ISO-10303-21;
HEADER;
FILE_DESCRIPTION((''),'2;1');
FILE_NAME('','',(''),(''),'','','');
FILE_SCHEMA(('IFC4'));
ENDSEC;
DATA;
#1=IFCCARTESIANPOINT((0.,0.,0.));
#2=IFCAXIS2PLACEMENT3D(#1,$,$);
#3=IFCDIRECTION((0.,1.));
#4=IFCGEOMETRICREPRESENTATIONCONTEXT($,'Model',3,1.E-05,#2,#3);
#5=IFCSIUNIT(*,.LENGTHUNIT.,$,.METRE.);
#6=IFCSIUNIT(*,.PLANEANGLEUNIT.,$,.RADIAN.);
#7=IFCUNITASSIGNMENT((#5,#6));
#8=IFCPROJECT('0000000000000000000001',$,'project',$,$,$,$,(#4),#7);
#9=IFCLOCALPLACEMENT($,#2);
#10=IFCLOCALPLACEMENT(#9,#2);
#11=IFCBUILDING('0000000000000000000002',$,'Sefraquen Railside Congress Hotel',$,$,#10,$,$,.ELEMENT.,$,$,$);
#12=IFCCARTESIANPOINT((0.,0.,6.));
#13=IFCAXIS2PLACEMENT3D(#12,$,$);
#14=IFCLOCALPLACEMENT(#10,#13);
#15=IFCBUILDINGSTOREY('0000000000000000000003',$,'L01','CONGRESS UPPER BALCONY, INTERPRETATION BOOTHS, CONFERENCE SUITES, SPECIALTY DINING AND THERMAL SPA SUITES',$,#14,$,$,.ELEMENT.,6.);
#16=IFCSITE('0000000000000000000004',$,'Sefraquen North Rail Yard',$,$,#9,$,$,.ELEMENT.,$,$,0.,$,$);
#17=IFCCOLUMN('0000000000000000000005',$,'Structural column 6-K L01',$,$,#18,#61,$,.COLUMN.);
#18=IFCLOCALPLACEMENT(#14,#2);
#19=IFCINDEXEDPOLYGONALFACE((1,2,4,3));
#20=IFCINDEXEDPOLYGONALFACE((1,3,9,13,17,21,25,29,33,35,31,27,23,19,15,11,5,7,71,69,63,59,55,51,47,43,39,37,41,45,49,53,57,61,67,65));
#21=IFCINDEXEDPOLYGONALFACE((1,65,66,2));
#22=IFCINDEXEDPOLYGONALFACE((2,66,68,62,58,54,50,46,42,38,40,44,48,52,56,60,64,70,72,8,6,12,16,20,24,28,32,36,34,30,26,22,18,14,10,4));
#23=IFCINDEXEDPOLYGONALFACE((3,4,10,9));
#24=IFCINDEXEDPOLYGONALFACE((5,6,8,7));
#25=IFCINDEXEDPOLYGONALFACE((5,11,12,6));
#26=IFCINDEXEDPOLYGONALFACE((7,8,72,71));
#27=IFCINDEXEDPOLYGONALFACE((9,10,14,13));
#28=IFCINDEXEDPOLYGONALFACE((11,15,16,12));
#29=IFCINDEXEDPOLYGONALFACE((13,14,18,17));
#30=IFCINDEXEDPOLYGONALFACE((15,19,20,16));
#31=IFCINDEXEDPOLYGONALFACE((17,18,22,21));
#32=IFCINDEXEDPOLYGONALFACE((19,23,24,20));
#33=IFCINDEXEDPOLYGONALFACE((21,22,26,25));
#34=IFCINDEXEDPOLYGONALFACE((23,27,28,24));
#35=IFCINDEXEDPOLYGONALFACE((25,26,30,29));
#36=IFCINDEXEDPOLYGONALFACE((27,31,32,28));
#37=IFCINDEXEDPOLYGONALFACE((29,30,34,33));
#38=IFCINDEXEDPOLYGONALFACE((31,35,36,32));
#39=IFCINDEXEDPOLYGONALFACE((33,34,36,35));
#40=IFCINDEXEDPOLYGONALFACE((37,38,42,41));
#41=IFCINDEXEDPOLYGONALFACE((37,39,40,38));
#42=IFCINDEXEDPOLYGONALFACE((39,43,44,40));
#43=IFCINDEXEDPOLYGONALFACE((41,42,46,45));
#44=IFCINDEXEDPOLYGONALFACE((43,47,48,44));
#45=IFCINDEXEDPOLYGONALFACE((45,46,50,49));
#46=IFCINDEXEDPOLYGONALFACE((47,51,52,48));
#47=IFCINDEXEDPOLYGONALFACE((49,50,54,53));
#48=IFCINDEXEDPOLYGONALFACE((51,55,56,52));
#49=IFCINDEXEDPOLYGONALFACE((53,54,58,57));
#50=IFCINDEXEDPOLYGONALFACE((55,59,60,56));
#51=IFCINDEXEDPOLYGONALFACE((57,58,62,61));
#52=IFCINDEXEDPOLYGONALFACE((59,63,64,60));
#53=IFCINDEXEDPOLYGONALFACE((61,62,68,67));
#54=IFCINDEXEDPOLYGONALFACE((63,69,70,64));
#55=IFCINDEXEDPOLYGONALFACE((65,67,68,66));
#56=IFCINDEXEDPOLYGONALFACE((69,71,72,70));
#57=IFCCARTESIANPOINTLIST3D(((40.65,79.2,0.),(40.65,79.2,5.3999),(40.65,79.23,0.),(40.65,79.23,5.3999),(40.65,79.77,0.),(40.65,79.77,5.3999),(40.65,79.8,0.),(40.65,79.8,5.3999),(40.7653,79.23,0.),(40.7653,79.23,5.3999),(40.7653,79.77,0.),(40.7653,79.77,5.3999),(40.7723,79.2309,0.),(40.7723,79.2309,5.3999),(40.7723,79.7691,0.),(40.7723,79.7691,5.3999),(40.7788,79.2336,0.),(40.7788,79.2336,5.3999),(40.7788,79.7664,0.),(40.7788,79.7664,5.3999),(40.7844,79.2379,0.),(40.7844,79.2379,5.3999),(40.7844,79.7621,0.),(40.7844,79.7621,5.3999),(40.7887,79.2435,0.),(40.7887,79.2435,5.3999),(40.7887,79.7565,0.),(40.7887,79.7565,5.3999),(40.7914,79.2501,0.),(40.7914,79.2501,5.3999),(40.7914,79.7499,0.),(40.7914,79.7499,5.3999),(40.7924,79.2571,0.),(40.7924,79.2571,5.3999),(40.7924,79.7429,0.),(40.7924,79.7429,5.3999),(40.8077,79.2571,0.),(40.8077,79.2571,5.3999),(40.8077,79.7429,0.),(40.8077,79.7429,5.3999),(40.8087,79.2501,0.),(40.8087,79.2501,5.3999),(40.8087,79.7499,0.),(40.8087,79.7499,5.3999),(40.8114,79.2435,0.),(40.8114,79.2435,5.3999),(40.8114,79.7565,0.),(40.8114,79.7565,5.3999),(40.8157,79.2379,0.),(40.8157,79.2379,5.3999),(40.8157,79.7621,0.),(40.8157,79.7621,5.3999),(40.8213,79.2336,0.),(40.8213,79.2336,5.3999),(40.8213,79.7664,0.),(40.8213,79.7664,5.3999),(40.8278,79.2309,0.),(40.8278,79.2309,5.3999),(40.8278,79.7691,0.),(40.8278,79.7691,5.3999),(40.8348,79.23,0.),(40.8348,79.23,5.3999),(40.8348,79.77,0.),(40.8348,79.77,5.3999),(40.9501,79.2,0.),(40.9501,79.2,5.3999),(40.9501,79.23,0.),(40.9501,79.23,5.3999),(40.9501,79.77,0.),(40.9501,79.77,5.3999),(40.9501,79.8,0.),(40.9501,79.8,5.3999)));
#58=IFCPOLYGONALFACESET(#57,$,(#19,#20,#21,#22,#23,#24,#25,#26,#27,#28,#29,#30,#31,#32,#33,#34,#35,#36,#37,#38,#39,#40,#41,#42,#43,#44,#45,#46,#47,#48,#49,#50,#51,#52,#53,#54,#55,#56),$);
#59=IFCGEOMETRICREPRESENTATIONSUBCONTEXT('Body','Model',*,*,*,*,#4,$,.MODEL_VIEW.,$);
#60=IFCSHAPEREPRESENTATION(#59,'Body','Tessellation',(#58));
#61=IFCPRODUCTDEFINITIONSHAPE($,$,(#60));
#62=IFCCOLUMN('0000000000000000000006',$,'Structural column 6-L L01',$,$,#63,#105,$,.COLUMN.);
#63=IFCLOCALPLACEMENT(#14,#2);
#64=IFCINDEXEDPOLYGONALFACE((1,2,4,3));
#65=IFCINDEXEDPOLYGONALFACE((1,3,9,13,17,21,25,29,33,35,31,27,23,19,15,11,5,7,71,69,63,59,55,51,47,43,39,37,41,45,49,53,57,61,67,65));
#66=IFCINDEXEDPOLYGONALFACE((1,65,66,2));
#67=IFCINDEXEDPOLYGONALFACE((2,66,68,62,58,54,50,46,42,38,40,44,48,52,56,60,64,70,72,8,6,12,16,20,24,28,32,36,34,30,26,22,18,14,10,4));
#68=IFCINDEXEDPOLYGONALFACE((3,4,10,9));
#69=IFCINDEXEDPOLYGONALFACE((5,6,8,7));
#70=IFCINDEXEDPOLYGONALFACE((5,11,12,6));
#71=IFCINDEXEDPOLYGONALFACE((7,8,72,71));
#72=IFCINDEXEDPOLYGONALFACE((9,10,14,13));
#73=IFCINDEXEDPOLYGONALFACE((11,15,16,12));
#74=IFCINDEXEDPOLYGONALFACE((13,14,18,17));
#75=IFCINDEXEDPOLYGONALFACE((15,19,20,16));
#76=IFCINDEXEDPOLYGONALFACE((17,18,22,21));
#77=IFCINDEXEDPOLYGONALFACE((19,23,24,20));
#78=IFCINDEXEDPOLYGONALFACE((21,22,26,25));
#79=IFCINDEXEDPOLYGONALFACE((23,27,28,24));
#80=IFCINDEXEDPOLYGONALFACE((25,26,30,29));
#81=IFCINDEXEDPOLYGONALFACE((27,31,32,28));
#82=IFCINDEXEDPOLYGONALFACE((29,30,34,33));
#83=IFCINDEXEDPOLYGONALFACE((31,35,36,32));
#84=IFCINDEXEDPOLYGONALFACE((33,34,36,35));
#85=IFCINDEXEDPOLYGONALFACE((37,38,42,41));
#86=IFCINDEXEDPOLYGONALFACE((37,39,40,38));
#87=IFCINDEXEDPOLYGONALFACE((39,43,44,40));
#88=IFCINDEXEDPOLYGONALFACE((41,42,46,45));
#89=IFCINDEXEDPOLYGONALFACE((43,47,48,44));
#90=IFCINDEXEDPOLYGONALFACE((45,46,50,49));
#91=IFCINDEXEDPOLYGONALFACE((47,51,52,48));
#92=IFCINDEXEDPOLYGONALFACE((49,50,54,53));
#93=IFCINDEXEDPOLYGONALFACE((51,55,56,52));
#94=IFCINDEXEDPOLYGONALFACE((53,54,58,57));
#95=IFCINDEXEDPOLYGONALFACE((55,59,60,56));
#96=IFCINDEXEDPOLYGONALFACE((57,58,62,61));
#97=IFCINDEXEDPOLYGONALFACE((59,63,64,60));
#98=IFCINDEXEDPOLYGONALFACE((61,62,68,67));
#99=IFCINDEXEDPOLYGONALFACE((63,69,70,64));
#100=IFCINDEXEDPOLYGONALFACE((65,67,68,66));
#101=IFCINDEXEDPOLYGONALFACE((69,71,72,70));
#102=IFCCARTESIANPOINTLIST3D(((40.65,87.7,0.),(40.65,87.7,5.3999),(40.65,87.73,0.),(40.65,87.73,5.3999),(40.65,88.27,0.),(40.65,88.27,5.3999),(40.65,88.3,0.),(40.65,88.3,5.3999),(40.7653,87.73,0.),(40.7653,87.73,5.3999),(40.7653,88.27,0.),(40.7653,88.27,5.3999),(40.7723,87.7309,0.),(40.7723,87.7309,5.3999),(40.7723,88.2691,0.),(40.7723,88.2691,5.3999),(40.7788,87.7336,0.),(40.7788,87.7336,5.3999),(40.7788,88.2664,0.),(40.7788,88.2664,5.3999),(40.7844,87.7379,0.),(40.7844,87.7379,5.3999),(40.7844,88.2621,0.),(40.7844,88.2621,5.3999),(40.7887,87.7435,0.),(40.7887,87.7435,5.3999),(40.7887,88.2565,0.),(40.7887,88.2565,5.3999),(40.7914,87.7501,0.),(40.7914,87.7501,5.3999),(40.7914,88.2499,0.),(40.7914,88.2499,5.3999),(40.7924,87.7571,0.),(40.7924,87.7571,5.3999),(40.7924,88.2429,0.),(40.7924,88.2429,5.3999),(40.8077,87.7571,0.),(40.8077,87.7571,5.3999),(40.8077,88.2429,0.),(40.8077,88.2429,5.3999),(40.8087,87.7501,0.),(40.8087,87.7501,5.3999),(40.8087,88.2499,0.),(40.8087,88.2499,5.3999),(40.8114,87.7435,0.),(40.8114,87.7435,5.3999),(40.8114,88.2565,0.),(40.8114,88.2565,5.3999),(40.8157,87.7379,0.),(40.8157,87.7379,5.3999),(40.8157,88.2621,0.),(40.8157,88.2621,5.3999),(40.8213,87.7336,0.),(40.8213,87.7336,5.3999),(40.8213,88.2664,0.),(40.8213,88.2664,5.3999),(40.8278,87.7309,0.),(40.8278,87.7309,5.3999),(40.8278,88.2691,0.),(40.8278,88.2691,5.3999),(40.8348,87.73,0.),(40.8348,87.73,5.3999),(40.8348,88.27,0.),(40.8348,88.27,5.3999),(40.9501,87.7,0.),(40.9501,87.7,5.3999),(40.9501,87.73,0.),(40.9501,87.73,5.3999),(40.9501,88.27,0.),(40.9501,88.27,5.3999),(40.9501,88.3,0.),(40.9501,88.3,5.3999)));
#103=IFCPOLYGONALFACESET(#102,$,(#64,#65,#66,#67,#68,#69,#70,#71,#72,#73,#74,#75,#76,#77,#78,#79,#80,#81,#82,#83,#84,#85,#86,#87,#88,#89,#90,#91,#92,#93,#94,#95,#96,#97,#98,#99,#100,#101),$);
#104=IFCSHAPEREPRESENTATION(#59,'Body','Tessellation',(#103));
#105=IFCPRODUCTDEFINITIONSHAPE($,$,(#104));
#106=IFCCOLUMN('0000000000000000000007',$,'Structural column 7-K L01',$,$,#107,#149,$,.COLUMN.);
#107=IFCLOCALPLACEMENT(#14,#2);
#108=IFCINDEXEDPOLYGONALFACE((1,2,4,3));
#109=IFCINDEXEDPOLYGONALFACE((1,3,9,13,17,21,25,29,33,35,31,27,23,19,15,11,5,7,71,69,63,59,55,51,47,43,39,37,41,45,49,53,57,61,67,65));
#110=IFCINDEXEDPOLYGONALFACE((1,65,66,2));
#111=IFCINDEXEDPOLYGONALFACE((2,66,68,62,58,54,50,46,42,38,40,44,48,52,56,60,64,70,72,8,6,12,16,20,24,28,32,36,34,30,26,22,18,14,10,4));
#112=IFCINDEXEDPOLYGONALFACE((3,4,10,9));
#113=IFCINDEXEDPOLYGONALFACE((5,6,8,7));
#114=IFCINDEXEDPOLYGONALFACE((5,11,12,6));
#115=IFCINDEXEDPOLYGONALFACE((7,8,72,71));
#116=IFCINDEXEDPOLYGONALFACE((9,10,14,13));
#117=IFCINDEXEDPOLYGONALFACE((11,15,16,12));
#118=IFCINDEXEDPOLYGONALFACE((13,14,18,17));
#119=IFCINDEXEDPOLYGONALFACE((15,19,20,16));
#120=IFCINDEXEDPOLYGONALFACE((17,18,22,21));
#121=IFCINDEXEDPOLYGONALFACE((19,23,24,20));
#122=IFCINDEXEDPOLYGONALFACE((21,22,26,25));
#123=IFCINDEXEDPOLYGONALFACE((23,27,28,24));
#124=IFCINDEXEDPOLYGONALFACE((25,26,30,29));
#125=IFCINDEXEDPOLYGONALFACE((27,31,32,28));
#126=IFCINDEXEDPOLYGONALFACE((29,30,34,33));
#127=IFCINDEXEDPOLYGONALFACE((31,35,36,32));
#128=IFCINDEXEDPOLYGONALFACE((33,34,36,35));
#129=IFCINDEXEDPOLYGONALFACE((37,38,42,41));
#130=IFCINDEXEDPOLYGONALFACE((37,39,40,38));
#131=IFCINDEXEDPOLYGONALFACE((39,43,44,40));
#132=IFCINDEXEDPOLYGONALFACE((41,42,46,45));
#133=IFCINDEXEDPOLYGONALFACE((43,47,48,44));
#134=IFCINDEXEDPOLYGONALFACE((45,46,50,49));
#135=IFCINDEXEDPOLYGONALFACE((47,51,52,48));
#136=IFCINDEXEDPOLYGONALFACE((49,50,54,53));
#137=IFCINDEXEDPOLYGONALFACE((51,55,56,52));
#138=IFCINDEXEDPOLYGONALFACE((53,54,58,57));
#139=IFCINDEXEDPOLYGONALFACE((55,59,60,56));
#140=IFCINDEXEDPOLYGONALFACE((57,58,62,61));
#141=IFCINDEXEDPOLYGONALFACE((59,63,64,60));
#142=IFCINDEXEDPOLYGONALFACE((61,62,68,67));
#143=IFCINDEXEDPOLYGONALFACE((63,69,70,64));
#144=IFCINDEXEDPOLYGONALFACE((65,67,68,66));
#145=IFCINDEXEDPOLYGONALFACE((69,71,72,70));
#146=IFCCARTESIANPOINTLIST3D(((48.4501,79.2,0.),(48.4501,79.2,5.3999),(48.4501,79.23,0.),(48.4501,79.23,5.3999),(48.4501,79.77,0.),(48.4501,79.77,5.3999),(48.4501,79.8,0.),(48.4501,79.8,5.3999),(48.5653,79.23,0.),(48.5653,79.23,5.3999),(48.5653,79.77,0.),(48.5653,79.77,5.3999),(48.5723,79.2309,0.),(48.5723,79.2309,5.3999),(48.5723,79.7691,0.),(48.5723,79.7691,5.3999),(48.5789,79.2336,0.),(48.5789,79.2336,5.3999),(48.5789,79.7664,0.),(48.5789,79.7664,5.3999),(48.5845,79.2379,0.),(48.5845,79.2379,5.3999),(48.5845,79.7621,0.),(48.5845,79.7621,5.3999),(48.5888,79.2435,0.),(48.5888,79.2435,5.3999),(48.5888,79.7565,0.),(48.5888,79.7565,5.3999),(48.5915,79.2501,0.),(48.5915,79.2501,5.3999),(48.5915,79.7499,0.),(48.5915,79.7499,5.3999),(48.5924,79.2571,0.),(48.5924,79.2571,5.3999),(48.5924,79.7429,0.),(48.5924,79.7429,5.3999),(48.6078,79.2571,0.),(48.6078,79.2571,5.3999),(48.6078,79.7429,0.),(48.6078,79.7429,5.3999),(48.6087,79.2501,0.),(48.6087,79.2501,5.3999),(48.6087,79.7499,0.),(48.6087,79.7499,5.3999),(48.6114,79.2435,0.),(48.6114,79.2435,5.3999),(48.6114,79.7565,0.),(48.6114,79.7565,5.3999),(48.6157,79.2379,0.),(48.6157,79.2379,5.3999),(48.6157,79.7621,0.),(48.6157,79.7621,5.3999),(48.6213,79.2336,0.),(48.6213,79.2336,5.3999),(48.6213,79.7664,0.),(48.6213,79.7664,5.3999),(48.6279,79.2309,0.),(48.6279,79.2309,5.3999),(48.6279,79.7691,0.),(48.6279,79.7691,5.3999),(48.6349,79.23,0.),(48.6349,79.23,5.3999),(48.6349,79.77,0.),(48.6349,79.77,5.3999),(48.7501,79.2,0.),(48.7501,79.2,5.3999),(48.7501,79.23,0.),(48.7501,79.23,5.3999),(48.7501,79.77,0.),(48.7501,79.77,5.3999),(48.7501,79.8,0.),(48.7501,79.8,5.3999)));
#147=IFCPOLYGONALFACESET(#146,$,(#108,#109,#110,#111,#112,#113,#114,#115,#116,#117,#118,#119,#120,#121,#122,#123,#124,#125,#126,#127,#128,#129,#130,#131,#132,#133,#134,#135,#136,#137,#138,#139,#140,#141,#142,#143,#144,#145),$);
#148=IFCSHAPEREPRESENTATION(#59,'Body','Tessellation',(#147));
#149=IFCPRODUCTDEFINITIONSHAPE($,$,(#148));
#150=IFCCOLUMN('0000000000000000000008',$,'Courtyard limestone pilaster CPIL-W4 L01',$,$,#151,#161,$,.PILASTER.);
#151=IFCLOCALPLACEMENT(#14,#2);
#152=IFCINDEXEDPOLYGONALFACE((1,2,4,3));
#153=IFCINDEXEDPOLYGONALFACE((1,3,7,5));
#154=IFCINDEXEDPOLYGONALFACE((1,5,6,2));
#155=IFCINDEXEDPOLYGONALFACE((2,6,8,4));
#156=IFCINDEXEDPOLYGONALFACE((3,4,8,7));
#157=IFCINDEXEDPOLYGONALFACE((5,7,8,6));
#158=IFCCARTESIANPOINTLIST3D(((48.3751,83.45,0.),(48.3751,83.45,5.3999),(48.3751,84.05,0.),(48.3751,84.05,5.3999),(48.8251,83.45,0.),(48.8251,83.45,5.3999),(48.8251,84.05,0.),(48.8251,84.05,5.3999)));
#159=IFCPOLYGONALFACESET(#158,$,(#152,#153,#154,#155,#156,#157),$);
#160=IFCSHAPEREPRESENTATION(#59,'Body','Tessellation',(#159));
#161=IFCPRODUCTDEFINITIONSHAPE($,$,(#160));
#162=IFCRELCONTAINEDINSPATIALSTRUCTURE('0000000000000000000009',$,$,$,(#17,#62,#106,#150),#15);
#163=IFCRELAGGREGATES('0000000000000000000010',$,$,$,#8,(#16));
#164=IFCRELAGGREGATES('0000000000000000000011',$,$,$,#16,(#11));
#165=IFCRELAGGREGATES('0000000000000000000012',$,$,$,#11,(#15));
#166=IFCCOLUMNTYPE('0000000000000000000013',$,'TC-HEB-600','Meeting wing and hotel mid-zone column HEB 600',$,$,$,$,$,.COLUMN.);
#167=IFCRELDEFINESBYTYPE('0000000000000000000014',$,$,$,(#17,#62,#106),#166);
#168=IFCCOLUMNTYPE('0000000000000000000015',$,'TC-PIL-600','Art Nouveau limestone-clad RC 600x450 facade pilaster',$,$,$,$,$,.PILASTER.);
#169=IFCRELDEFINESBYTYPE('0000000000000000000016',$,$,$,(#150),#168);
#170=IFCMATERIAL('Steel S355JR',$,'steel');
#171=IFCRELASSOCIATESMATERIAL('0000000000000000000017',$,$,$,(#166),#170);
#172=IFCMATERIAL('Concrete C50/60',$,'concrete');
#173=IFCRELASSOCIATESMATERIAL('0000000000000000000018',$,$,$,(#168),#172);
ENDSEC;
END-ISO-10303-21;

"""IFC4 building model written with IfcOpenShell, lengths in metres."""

from ifc_helpers import new_model, si_unit, direction, frame, origin, origin_2d, place, context, subcontext, project, spatial, rectangle, i_section, extrude, material, material_profile, profile_set, type_object, element, save


model = new_model("IFC4")

# Units and contexts
model_context = context("Model", 3, precision=1e-05, world=origin(), true_north=direction((0.0, 1.0)))
body_context = subcontext(model_context, "Body", "Model", "MODEL_VIEW")
ifc_project = project(units=[si_unit("LENGTHUNIT", "METRE"), si_unit("PLANEANGLEUNIT", "RADIAN")], contexts=[model_context])

# Site, building, storey
site_placement = place(None, origin())
site = spatial("IfcSite", under=ifc_project, at=site_placement, Name="Sefraquen North Rail Yard", CompositionType="ELEMENT", RefElevation=0.0)
building_placement = place(site_placement, origin())
building = spatial("IfcBuilding", under=site, at=building_placement, Name="Sefraquen Railside Congress Hotel", CompositionType="ELEMENT")
storey_placement = place(building_placement, frame((0.0, 0.0, 6.0)))
storey = spatial("IfcBuildingStorey", under=building, at=storey_placement, Name="L01", Description="CONGRESS UPPER BALCONY, INTERPRETATION BOOTHS, CONFERENCE SUITES, SPECIALTY DINING AND THERMAL SPA SUITES", CompositionType="ELEMENT", Elevation=6.0)

# Columns
ifc_material_1 = material(Name="Steel S355JR", Category="steel")
ifc_material_profile_1 = material_profile(ifc_material_1, i_section(OverallWidth=0.3, OverallDepth=0.6001, WebThickness=0.0154, FlangeThickness=0.03, FilletRadius=0.0271, at=origin_2d()), Name="HEB 600")
ifc_profile_set_1 = profile_set([ifc_material_profile_1], Name="Steel S355JR")
column_type_1 = type_object("IfcColumnType", Name="TC-HEB-600", Description="Meeting wing and hotel mid-zone column HEB 600", PredefinedType="COLUMN", material=ifc_profile_set_1)
for number, where, z_axis, x_axis, name in (
    (1, (40.8, 79.5, 0.0), (0.0, 0.0, 1.0), (1.0, 0.0, 0.0), "Structural column 6-K L01"),
    (2, (40.8, 88.0, 0.0), (0.0, 0.0, 1.0), (1.0, 0.0, 0.0), "Structural column 6-L L01"),
    (3, (48.6001, 79.5, 0.0), (0.0, 0.0, 1.0), (1.0, 0.0, 0.0), "Structural column 7-K L01"),
):
    element("IfcColumn", number, at=place(storey_placement, frame(where, z_axis=z_axis, x_axis=x_axis)), inside=storey, type_object=column_type_1, Name=name, PredefinedType="COLUMN", context=body_context, shape_type="SweptSolid", body=[
        extrude(i_section(OverallWidth=0.3, OverallDepth=0.6001, WebThickness=0.0154, FlangeThickness=0.03, FilletRadius=0.0271, at=origin_2d()), origin(), (0.0, 0.0, 1.0), 5.3999),
    ])
ifc_material_2 = material(Name="Concrete C50/60", Category="concrete")
ifc_material_profile_2 = material_profile(ifc_material_2, rectangle(XDim=0.45, YDim=0.6001, at=origin_2d()), Name="RC 600x450")
ifc_profile_set_2 = profile_set([ifc_material_profile_2], Name="Concrete C50/60")
column_type_2 = type_object("IfcColumnType", Name="TC-PIL-600", Description="Art Nouveau limestone-clad RC 600x450 facade pilaster", PredefinedType="PILASTER", material=ifc_profile_set_2)
column_placement = place(storey_placement, frame((48.6001, 83.75, 0.0), z_axis=(0.0, 0.0, 1.0), x_axis=(1.0, 0.0, 0.0)))
element("IfcColumn", 4, at=column_placement, inside=storey, type_object=column_type_2, Name="Courtyard limestone pilaster CPIL-W4 L01", PredefinedType="PILASTER", context=body_context, shape_type="SweptSolid", body=[
    extrude(rectangle(XDim=0.45, YDim=0.6001, at=origin_2d()), origin(), (0.0, 0.0, 1.0), 5.3999),
])

save(model, "model.ifc")
